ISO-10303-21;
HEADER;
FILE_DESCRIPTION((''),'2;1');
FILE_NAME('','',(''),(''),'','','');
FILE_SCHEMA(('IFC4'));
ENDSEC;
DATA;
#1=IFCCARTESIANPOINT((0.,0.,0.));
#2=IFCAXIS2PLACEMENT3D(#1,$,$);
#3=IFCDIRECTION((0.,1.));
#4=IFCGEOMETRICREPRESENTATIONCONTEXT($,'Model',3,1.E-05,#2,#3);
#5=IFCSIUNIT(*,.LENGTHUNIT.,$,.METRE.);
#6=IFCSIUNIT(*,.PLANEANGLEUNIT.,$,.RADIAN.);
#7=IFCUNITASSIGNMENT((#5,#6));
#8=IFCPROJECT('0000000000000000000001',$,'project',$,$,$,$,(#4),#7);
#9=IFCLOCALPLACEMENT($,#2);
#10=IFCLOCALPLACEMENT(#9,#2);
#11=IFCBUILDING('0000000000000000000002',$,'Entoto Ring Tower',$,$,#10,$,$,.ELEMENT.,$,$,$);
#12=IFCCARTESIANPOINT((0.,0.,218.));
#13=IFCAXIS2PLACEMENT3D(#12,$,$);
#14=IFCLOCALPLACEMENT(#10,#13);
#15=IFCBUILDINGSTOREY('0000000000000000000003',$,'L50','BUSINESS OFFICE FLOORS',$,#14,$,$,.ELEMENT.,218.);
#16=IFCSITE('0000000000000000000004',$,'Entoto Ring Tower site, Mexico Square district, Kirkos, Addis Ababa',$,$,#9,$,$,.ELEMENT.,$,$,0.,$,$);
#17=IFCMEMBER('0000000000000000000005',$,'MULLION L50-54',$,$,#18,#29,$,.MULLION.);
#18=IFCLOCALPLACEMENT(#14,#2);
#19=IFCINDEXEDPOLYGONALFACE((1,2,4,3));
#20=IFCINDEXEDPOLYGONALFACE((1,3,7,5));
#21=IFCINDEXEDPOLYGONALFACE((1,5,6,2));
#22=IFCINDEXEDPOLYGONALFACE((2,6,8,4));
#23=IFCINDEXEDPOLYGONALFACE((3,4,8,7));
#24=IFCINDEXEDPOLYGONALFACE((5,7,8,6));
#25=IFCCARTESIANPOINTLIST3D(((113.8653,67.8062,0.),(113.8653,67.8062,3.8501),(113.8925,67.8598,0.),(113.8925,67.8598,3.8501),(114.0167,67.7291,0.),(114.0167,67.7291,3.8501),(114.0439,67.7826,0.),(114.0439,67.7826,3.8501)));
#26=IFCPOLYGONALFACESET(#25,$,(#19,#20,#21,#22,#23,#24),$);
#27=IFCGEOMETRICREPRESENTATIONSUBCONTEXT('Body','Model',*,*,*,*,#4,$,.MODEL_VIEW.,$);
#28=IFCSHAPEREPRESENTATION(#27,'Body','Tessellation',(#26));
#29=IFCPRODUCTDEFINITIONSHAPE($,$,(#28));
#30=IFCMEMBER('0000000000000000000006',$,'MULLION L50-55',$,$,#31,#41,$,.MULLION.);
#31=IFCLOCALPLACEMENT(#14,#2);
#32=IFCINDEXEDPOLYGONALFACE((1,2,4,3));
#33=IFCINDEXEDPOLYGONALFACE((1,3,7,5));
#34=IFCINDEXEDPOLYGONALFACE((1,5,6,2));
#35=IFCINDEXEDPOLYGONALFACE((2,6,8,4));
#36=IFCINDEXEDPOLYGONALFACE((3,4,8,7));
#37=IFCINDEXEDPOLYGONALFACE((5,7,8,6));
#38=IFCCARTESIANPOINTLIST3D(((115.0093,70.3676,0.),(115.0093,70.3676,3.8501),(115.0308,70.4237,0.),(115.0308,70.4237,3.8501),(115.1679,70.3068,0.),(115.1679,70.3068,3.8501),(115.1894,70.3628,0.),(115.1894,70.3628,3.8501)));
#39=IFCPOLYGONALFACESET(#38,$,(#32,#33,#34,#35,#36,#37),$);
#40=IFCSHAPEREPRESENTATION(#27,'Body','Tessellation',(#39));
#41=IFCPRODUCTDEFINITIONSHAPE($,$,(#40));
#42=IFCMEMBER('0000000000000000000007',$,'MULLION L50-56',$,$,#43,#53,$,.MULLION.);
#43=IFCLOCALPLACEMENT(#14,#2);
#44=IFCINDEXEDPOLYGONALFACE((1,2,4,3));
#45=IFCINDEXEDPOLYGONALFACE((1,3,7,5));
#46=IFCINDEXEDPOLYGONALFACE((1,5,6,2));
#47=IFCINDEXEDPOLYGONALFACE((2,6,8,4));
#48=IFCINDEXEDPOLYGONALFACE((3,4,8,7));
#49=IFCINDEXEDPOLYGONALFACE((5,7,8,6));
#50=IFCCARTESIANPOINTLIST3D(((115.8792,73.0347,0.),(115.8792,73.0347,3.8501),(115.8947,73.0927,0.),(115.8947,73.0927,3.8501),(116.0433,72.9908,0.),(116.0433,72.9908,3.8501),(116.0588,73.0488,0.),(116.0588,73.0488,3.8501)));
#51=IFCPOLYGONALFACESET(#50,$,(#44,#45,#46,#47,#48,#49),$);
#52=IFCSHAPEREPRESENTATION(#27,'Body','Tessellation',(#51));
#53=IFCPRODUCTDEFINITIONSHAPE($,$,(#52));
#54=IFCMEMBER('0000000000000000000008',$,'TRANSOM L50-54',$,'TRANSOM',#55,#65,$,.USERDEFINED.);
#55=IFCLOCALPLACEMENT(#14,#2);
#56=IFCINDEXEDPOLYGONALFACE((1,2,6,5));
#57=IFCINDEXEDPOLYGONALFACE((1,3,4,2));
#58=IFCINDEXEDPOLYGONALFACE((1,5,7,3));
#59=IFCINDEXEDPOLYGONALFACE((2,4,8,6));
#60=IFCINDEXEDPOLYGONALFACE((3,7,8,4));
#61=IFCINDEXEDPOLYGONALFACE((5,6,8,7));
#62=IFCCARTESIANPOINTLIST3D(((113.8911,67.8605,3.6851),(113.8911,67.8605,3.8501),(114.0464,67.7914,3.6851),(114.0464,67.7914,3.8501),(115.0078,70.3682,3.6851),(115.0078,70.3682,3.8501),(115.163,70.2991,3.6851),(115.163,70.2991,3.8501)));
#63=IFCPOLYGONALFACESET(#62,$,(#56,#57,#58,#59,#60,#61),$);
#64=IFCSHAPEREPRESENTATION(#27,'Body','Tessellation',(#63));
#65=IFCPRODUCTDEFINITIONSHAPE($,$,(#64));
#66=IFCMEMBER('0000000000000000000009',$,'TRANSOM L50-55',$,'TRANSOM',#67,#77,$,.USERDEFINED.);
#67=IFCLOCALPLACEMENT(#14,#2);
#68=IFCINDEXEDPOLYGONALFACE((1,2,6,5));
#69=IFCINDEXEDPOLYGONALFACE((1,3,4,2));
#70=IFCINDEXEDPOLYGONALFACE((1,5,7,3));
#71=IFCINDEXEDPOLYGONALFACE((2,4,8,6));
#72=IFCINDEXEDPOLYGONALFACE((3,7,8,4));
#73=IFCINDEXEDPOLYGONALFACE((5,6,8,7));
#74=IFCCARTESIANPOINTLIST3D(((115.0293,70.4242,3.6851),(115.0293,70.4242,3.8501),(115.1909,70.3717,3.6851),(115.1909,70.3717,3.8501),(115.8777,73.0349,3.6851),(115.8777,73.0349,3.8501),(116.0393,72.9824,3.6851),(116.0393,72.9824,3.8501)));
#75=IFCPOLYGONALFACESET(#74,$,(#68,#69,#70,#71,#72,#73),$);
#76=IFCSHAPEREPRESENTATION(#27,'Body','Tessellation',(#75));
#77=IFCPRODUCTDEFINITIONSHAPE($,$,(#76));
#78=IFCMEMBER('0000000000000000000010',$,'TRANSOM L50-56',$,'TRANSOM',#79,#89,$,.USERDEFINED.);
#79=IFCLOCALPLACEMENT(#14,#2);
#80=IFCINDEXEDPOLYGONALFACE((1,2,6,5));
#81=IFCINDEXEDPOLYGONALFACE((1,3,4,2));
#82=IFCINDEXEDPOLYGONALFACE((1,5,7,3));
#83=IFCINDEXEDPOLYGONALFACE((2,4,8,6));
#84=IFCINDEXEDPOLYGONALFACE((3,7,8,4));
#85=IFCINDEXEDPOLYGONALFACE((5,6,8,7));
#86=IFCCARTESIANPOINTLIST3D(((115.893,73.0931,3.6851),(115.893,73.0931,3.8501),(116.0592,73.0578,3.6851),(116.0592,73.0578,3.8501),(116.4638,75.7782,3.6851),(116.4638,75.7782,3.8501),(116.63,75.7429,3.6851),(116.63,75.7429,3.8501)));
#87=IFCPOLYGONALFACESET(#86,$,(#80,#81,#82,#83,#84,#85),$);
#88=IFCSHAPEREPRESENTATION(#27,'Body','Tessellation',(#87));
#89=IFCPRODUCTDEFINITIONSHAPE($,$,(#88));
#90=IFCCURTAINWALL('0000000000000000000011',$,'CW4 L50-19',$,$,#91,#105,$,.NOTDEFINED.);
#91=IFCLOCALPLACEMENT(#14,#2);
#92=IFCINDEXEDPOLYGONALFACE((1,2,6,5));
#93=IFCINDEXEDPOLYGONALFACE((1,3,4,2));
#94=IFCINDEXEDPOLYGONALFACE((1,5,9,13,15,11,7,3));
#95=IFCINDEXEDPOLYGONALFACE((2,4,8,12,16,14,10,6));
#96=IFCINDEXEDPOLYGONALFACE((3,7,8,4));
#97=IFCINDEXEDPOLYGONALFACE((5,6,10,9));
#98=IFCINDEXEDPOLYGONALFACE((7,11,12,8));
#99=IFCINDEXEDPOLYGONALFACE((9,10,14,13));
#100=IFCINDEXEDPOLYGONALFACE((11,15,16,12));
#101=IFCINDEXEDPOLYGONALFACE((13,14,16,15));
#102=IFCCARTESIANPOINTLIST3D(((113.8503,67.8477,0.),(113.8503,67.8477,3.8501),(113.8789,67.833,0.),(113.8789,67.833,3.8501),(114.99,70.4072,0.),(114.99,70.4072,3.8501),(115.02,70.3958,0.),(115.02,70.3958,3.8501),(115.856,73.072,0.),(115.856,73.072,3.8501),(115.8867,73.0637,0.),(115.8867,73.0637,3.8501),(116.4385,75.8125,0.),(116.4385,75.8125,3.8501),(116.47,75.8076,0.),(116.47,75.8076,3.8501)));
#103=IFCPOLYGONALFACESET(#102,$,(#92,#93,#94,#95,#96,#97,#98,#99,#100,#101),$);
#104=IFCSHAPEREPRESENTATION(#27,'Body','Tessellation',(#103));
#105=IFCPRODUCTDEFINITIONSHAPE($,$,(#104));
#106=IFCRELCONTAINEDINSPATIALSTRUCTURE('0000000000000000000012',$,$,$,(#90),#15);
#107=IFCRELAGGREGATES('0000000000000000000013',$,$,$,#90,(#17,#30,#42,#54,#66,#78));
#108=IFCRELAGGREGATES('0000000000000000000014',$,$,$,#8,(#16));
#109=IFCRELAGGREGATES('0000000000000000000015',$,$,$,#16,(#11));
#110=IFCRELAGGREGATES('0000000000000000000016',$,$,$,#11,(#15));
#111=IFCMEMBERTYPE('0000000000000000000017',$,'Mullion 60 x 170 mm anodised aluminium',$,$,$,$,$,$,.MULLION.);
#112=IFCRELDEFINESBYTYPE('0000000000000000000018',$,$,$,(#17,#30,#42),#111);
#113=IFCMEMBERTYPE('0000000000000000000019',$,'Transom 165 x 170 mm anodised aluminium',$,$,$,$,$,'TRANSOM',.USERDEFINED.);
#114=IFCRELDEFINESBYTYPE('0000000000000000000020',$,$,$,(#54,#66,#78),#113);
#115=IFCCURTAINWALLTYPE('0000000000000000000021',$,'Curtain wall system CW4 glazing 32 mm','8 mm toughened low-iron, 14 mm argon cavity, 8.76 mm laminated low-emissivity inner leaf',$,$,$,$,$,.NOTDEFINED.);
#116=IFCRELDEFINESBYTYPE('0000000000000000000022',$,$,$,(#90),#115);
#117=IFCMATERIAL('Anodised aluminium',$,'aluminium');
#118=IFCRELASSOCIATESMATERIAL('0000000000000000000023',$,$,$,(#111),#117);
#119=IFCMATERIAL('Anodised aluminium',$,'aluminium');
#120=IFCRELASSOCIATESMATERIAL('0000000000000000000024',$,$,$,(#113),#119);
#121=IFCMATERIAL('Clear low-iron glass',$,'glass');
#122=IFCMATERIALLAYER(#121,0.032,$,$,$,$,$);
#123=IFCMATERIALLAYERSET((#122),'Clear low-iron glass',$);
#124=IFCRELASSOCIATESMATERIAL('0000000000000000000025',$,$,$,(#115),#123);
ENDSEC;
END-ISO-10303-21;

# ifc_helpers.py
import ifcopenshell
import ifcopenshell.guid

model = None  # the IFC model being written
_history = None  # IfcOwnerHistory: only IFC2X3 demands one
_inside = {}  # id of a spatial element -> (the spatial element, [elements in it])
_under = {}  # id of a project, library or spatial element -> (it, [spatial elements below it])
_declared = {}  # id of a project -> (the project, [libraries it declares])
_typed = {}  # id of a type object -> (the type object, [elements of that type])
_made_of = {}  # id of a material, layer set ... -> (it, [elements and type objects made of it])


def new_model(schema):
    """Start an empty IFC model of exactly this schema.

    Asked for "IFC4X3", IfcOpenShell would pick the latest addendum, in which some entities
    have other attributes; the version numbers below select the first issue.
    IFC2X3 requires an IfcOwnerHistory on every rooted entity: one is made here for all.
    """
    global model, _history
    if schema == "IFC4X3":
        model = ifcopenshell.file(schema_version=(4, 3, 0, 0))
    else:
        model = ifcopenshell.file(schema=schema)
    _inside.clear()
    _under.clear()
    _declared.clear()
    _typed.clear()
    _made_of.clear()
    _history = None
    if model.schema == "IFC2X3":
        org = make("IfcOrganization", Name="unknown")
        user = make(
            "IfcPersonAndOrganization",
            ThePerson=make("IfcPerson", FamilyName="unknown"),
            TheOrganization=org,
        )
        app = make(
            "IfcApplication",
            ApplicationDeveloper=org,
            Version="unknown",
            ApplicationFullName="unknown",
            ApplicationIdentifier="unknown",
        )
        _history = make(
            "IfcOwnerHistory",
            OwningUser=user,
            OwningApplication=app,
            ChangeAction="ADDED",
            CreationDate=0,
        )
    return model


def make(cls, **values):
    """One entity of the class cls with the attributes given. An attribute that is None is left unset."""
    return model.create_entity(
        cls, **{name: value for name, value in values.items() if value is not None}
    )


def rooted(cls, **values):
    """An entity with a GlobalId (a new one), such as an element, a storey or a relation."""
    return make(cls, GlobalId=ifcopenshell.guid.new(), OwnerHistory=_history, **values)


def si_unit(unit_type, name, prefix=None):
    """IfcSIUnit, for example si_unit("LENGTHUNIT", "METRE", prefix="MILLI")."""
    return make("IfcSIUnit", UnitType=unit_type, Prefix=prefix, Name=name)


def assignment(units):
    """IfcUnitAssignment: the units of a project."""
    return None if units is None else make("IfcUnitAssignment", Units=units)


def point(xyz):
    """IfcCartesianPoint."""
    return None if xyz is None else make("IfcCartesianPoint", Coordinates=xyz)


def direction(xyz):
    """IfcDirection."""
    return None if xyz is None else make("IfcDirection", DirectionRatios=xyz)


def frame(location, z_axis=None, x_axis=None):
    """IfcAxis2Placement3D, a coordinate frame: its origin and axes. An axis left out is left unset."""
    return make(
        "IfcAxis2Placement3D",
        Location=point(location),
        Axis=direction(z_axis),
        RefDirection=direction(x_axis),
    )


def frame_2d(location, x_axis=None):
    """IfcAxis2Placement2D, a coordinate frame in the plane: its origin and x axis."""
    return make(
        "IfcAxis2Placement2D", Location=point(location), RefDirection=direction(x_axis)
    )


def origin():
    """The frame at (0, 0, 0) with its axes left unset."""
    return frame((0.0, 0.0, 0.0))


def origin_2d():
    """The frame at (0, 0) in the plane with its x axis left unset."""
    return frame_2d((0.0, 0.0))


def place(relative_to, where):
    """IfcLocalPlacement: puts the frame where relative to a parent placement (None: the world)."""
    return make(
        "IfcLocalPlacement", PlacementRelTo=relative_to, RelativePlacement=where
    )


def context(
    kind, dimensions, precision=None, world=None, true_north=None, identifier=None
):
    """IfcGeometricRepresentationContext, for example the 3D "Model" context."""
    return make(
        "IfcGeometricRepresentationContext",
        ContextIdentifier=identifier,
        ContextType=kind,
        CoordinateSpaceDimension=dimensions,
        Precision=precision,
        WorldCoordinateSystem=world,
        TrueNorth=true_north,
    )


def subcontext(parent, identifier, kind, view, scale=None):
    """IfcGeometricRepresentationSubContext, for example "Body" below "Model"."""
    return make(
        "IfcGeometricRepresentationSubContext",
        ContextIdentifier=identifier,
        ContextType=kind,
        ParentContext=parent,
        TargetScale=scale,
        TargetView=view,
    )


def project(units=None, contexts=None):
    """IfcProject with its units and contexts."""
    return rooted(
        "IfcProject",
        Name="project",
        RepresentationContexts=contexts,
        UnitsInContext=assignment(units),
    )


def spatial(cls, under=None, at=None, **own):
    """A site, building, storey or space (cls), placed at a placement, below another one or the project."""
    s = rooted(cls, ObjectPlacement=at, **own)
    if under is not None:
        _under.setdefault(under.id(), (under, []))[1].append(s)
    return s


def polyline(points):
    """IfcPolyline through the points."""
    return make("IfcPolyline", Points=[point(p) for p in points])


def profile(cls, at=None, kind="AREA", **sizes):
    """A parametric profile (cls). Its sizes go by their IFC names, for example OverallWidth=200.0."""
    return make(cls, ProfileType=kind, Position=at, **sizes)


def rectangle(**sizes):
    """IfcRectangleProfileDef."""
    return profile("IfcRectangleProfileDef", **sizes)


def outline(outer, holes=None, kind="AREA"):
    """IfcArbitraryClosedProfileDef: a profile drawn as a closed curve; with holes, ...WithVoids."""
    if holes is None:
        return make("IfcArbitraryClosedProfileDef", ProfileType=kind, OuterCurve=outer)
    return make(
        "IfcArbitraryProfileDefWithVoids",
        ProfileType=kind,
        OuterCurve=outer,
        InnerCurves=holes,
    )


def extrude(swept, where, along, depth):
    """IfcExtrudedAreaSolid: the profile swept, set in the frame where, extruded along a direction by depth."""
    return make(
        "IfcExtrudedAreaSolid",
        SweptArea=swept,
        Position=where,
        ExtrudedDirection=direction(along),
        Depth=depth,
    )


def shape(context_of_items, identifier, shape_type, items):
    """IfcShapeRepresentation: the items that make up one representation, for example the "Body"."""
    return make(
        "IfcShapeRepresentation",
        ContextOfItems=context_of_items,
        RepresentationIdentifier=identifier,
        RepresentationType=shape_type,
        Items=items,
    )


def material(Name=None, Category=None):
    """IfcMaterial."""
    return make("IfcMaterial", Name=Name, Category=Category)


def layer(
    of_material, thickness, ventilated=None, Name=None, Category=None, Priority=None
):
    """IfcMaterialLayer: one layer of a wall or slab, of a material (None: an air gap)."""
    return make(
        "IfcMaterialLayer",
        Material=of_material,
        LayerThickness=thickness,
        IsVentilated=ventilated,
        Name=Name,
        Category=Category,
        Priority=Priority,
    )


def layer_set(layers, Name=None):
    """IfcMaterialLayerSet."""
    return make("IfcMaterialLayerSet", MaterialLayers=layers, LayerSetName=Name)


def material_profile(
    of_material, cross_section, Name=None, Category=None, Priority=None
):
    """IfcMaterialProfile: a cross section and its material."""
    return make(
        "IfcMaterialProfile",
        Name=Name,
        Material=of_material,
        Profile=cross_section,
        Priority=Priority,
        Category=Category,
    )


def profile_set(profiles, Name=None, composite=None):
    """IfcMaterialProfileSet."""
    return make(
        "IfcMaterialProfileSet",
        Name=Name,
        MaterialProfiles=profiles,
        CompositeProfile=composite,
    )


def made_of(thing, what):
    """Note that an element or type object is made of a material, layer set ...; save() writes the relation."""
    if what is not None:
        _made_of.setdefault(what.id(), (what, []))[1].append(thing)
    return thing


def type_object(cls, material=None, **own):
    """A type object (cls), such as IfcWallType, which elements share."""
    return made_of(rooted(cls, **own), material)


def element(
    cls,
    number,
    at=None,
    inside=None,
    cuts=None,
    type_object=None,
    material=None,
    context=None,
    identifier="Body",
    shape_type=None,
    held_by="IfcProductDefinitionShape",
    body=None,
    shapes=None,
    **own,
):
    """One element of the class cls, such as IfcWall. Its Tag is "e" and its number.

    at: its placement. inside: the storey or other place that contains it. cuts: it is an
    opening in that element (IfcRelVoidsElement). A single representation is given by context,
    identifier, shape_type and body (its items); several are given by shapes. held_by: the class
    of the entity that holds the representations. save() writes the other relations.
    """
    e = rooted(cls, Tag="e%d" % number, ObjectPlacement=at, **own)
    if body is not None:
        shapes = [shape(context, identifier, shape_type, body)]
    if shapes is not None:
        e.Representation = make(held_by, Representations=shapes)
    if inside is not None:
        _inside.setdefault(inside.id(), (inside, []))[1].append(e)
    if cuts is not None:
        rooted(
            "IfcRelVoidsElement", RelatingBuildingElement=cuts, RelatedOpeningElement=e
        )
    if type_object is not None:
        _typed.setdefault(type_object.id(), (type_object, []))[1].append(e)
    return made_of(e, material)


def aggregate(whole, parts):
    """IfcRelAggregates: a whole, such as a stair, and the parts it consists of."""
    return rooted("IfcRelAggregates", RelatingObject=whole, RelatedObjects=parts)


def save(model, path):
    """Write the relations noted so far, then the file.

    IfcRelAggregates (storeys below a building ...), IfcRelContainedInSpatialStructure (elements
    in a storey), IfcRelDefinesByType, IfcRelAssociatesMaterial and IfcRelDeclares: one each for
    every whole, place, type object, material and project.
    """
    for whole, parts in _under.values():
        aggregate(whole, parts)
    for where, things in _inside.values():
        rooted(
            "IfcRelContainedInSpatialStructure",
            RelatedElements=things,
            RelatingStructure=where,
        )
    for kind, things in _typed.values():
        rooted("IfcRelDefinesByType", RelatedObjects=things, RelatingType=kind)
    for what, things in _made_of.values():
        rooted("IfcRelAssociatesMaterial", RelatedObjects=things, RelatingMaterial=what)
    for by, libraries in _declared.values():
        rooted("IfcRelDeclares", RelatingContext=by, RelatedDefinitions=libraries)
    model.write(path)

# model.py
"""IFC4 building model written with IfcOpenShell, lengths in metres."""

from ifc_helpers import new_model, si_unit, direction, frame, origin, origin_2d, place, context, subcontext, project, spatial, polyline, rectangle, outline, extrude, material, layer, layer_set, material_profile, profile_set, type_object, element, aggregate, save


model = new_model("IFC4")

# Units and contexts
model_context = context("Model", 3, precision=1e-05, world=origin(), true_north=direction((0.0, 1.0)))
body_context = subcontext(model_context, "Body", "Model", "MODEL_VIEW")
ifc_project = project(units=[si_unit("LENGTHUNIT", "METRE"), si_unit("PLANEANGLEUNIT", "RADIAN")], contexts=[model_context])

# Members
ifc_material_1 = material(Name="Anodised aluminium", Category="aluminium")
ifc_material_profile_1 = material_profile(ifc_material_1, rectangle(XDim=0.0601, YDim=0.1699, at=origin_2d()), Name="Mullion 60 x 170 mm anodised aluminium")
ifc_profile_set_1 = profile_set([ifc_material_profile_1], Name="Anodised aluminium")
member_type_1 = type_object("IfcMemberType", Name="Mullion 60 x 170 mm anodised aluminium", PredefinedType="MULLION", material=ifc_profile_set_1)
site_placement = place(None, origin())
building_placement = place(site_placement, origin())
storey_placement = place(building_placement, frame((0.0, 0.0, 218.0)))
member_1_placement = place(storey_placement, frame((113.9546, 67.7944, 0.0), z_axis=(0.0, 0.0, 1.0), x_axis=(0.45399, 0.891007, 0.0)))
member_1 = element("IfcMember", 1, at=member_1_placement, type_object=member_type_1, Name="MULLION L50-54", PredefinedType="MULLION", context=body_context, shape_type="SweptSolid", body=[
    extrude(rectangle(XDim=0.0601, YDim=0.1699, at=origin_2d()), origin(), (0.0, 0.0, 1.0), 3.8501),
])
member_2_placement = place(storey_placement, frame((115.0994, 70.3652, 0.0), z_axis=(0.0, 0.0, 1.0), x_axis=(0.358368, 0.93358, 0.0)))
member_2 = element("IfcMember", 2, at=member_2_placement, type_object=member_type_1, Name="MULLION L50-55", PredefinedType="MULLION", context=body_context, shape_type="SweptSolid", body=[
    extrude(rectangle(XDim=0.0601, YDim=0.1699, at=origin_2d()), origin(), (0.0, 0.0, 1.0), 3.8501),
])
member_3_placement = place(storey_placement, frame((115.969, 73.0417, 0.0), z_axis=(0.0, 0.0, 1.0), x_axis=(0.258819, 0.965926, 0.0)))
member_3 = element("IfcMember", 3, at=member_3_placement, type_object=member_type_1, Name="MULLION L50-56", PredefinedType="MULLION", context=body_context, shape_type="SweptSolid", body=[
    extrude(rectangle(XDim=0.0601, YDim=0.1699, at=origin_2d()), origin(), (0.0, 0.0, 1.0), 3.8501),
])
ifc_material_2 = material(Name="Anodised aluminium", Category="aluminium")
ifc_material_profile_2 = material_profile(ifc_material_2, rectangle(XDim=0.1699, YDim=0.165, at=origin_2d()), Name="Transom 165 x 170 mm anodised aluminium")
ifc_profile_set_2 = profile_set([ifc_material_profile_2], Name="Anodised aluminium")
member_type_2 = type_object("IfcMemberType", Name="Transom 165 x 170 mm anodised aluminium", ElementType="TRANSOM", PredefinedType="USERDEFINED", material=ifc_profile_set_2)
member_4_placement = place(storey_placement, frame((113.9688, 67.8259, 3.7676), z_axis=(0.406782, 0.913525, 0.0), x_axis=(-0.913525, 0.406782, 0.0)))
member_4 = element("IfcMember", 4, at=member_4_placement, type_object=member_type_2, Name="TRANSOM L50-54", ObjectType="TRANSOM", PredefinedType="USERDEFINED", context=body_context, shape_type="SweptSolid", body=[
    extrude(rectangle(XDim=0.1699, YDim=0.165, at=origin_2d()), origin(), (0.0, 0.0, 1.0), 2.7451),
])
member_5_placement = place(storey_placement, frame((115.1101, 70.3979, 3.7676), z_axis=(0.309042, 0.951048, 0.0), x_axis=(-0.951048, 0.309042, 0.0)))
member_5 = element("IfcMember", 5, at=member_5_placement, type_object=member_type_2, Name="TRANSOM L50-55", ObjectType="TRANSOM", PredefinedType="USERDEFINED", context=body_context, shape_type="SweptSolid", body=[
    extrude(rectangle(XDim=0.1699, YDim=0.165, at=origin_2d()), origin(), (0.0, 0.0, 1.0), 2.7451),
])
member_6_placement = place(storey_placement, frame((115.9761, 73.0754, 3.7676), z_axis=(0.207937, 0.978142, 0.0), x_axis=(-0.978142, 0.207937, 0.0)))
member_6 = element("IfcMember", 6, at=member_6_placement, type_object=member_type_2, Name="TRANSOM L50-56", ObjectType="TRANSOM", PredefinedType="USERDEFINED", context=body_context, shape_type="SweptSolid", body=[
    extrude(rectangle(XDim=0.1699, YDim=0.165, at=origin_2d()), origin(), (0.0, 0.0, 1.0), 2.7451),
])

# Site, building, storey
site = spatial("IfcSite", under=ifc_project, at=site_placement, Name="Entoto Ring Tower site, Mexico Square district, Kirkos, Addis Ababa", CompositionType="ELEMENT", RefElevation=0.0)
building = spatial("IfcBuilding", under=site, at=building_placement, Name="Entoto Ring Tower", CompositionType="ELEMENT")
storey = spatial("IfcBuildingStorey", under=building, at=storey_placement, Name="L50", Description="BUSINESS OFFICE FLOORS", CompositionType="ELEMENT", Elevation=218.0)

# Curtain wall
ifc_material_3 = material(Name="Clear low-iron glass", Category="glass")
ifc_layer = layer(ifc_material_3, 0.032)
ifc_layer_set = layer_set([ifc_layer], Name="Clear low-iron glass")
curtain_wall_type = type_object("IfcCurtainWallType", Name="Curtain wall system CW4 glazing 32 mm", Description="8 mm toughened low-iron, 14 mm argon cavity, 8.76 mm laminated low-emissivity inner leaf", PredefinedType="NOTDEFINED", material=ifc_layer_set)
curtain_wall_1_placement = place(storey_placement, origin())
curtain_wall_1 = element("IfcCurtainWall", 7, at=curtain_wall_1_placement, inside=storey, type_object=curtain_wall_type, Name="CW4 L50-19", PredefinedType="NOTDEFINED", context=body_context, shape_type="SweptSolid", body=[
    extrude(outline(polyline([(113.8789, 67.833), (115.02, 70.3958), (115.8867, 73.0637), (116.47, 75.8076), (116.4385, 75.8125), (115.856, 73.072), (114.99, 70.4072), (113.8503, 67.8477), (113.8789, 67.833)])), origin(), (0.0, 0.0, 1.0), 3.8501),
])
aggregate(curtain_wall_1, [member_1, member_2, member_3, member_4, member_5, member_6])

save(model, "model.ifc")
